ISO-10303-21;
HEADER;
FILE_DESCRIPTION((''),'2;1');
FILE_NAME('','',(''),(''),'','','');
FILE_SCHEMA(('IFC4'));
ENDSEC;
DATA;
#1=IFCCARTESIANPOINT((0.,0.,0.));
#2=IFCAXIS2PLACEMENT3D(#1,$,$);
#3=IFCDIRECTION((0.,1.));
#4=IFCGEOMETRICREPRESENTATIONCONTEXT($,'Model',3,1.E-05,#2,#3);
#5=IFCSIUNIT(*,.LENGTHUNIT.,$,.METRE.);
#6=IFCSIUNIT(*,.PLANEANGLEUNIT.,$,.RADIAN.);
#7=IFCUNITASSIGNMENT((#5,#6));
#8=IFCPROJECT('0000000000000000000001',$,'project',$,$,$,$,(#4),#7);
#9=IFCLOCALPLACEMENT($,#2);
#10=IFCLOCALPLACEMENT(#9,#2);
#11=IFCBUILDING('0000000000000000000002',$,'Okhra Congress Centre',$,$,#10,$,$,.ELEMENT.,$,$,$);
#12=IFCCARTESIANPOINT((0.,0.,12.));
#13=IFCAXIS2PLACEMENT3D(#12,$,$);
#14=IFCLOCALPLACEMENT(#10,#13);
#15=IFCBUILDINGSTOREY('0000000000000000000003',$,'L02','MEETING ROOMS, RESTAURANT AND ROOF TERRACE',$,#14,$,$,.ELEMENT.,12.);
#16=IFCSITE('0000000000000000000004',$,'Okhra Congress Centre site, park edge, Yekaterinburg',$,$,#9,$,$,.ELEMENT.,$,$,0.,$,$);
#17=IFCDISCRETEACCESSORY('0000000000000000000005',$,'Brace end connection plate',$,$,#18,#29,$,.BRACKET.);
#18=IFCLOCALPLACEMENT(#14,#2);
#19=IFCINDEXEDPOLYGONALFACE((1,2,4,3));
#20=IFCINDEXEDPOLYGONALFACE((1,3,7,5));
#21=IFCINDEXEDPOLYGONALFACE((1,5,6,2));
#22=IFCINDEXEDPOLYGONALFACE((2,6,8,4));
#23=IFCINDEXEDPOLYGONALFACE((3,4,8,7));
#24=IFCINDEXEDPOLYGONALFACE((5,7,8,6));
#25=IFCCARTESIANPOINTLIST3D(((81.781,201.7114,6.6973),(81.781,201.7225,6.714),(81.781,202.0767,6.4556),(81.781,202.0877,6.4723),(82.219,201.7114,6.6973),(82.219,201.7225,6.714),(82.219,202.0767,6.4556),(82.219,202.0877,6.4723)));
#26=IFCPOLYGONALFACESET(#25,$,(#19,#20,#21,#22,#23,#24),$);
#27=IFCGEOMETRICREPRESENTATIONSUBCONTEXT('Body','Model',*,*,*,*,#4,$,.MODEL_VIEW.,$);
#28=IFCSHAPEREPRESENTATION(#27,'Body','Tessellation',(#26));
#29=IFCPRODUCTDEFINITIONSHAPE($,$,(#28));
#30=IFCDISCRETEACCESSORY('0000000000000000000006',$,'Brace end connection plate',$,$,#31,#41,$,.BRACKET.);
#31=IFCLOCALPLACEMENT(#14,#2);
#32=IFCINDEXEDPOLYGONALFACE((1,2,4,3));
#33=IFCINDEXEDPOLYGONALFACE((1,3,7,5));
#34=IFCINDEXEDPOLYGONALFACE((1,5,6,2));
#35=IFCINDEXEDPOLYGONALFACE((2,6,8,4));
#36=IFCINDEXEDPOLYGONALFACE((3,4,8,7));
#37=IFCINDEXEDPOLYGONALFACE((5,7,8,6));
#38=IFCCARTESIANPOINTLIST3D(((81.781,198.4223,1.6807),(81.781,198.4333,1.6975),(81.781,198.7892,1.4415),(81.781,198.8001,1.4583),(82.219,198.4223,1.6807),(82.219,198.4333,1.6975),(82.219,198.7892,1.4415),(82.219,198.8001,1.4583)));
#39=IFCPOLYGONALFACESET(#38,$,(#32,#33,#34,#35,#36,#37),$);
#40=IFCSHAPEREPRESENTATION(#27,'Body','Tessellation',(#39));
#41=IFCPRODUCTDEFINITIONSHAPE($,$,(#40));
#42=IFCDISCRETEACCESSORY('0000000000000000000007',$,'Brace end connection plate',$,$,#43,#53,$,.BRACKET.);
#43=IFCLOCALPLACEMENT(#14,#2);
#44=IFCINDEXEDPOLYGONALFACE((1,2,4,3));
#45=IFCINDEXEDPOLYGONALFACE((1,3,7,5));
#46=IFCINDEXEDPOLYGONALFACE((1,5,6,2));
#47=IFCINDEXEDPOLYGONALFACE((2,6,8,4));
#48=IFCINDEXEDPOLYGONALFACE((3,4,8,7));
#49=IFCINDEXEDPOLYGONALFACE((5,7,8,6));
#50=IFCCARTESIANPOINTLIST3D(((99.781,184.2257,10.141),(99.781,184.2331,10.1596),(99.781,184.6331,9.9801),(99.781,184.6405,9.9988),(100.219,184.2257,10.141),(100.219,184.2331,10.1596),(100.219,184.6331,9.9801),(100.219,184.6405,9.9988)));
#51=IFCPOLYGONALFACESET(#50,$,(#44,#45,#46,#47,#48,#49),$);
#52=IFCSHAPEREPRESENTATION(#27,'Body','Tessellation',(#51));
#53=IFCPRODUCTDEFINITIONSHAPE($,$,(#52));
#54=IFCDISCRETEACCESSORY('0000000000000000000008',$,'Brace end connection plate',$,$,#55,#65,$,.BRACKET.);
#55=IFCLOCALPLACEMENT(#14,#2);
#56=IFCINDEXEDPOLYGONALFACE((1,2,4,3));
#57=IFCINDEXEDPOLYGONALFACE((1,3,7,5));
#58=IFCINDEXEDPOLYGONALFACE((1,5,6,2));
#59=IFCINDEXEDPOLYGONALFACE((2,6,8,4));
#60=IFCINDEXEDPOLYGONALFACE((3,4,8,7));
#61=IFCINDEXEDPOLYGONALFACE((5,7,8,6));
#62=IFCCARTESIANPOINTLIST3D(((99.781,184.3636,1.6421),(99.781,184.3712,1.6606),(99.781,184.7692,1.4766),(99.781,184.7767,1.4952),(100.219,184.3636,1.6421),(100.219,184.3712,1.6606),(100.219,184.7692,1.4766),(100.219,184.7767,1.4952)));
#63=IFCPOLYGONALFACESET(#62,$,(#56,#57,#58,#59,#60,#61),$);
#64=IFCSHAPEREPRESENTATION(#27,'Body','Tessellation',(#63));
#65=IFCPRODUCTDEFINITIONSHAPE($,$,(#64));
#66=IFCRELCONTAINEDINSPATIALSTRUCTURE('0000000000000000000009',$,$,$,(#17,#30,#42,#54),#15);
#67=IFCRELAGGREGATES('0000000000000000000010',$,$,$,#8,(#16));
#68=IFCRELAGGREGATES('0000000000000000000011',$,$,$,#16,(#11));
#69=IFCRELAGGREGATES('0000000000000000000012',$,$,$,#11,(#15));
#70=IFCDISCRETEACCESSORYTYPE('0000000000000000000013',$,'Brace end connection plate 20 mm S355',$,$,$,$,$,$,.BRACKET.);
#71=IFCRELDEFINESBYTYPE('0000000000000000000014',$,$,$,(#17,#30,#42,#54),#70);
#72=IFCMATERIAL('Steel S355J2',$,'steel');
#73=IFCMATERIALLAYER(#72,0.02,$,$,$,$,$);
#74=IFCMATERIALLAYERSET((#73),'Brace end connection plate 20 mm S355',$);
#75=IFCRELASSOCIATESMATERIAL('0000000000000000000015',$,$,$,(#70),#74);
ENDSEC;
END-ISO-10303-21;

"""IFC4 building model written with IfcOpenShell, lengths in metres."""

from ifc_helpers import new_model, si_unit, direction, frame, origin, origin_2d, place, context, subcontext, project, spatial, rectangle, extrude, material, layer, layer_set, type_object, element, save


model = new_model("IFC4")

# Units and contexts
model_context = context("Model", 3, precision=1e-05, world=origin(), true_north=direction((0.0, 1.0)))
body_context = subcontext(model_context, "Body", "Model", "MODEL_VIEW")
ifc_project = project(units=[si_unit("LENGTHUNIT", "METRE"), si_unit("PLANEANGLEUNIT", "RADIAN")], contexts=[model_context])

# Site, building, storey
site_placement = place(None, origin())
site = spatial("IfcSite", under=ifc_project, at=site_placement, Name="Okhra Congress Centre site, park edge, Yekaterinburg", CompositionType="ELEMENT", RefElevation=0.0)
building_placement = place(site_placement, origin())
building = spatial("IfcBuilding", under=site, at=building_placement, Name="Okhra Congress Centre", CompositionType="ELEMENT")
storey_placement = place(building_placement, frame((0.0, 0.0, 12.0)))
storey = spatial("IfcBuildingStorey", under=building, at=storey_placement, Name="L02", Description="MEETING ROOMS, RESTAURANT AND ROOF TERRACE", CompositionType="ELEMENT", Elevation=12.0)

# Discrete accessories
ifc_material_1 = material(Name="Steel S355J2", Category="steel")
ifc_layer = layer(ifc_material_1, 0.02)
ifc_layer_set = layer_set([ifc_layer], Name="Brace end connection plate 20 mm S355")
discrete_accessory_type = type_object("IfcDiscreteAccessoryType", Name="Brace end connection plate 20 mm S355", PredefinedType="BRACKET", material=ifc_layer_set)
for number, where, z_axis, x_axis, name in (
    (1, (82.0, 201.894, 6.5764), (0.0, 0.551867, 0.833932), (-1.0, 0.0, 0.0), "Brace end connection plate"),
    (2, (82.0, 198.6167, 1.5779), (0.0, -0.546268, -0.837611), (1.0, 0.0, 0.0), "Brace end connection plate"),
    (3, (100.0, 184.4294, 10.0605), (0.0, 0.367167, 0.930155), (-1.0, 0.0, 0.0), "Brace end connection plate"),
    (4, (100.0, 184.574, 1.5779), (0.0, -0.377684, -0.925935), (1.0, 0.0, 0.0), "Brace end connection plate"),
):
    element("IfcDiscreteAccessory", number, at=place(storey_placement, frame(where, z_axis=z_axis, x_axis=x_axis)), inside=storey, type_object=discrete_accessory_type, Name=name, PredefinedType="BRACKET", context=body_context, shape_type="SweptSolid", body=[
        extrude(rectangle(XDim=0.438, YDim=0.438, at=origin_2d()), origin(), (0.0, 0.0, 1.0), 0.02),
    ])

save(model, "model.ifc")
